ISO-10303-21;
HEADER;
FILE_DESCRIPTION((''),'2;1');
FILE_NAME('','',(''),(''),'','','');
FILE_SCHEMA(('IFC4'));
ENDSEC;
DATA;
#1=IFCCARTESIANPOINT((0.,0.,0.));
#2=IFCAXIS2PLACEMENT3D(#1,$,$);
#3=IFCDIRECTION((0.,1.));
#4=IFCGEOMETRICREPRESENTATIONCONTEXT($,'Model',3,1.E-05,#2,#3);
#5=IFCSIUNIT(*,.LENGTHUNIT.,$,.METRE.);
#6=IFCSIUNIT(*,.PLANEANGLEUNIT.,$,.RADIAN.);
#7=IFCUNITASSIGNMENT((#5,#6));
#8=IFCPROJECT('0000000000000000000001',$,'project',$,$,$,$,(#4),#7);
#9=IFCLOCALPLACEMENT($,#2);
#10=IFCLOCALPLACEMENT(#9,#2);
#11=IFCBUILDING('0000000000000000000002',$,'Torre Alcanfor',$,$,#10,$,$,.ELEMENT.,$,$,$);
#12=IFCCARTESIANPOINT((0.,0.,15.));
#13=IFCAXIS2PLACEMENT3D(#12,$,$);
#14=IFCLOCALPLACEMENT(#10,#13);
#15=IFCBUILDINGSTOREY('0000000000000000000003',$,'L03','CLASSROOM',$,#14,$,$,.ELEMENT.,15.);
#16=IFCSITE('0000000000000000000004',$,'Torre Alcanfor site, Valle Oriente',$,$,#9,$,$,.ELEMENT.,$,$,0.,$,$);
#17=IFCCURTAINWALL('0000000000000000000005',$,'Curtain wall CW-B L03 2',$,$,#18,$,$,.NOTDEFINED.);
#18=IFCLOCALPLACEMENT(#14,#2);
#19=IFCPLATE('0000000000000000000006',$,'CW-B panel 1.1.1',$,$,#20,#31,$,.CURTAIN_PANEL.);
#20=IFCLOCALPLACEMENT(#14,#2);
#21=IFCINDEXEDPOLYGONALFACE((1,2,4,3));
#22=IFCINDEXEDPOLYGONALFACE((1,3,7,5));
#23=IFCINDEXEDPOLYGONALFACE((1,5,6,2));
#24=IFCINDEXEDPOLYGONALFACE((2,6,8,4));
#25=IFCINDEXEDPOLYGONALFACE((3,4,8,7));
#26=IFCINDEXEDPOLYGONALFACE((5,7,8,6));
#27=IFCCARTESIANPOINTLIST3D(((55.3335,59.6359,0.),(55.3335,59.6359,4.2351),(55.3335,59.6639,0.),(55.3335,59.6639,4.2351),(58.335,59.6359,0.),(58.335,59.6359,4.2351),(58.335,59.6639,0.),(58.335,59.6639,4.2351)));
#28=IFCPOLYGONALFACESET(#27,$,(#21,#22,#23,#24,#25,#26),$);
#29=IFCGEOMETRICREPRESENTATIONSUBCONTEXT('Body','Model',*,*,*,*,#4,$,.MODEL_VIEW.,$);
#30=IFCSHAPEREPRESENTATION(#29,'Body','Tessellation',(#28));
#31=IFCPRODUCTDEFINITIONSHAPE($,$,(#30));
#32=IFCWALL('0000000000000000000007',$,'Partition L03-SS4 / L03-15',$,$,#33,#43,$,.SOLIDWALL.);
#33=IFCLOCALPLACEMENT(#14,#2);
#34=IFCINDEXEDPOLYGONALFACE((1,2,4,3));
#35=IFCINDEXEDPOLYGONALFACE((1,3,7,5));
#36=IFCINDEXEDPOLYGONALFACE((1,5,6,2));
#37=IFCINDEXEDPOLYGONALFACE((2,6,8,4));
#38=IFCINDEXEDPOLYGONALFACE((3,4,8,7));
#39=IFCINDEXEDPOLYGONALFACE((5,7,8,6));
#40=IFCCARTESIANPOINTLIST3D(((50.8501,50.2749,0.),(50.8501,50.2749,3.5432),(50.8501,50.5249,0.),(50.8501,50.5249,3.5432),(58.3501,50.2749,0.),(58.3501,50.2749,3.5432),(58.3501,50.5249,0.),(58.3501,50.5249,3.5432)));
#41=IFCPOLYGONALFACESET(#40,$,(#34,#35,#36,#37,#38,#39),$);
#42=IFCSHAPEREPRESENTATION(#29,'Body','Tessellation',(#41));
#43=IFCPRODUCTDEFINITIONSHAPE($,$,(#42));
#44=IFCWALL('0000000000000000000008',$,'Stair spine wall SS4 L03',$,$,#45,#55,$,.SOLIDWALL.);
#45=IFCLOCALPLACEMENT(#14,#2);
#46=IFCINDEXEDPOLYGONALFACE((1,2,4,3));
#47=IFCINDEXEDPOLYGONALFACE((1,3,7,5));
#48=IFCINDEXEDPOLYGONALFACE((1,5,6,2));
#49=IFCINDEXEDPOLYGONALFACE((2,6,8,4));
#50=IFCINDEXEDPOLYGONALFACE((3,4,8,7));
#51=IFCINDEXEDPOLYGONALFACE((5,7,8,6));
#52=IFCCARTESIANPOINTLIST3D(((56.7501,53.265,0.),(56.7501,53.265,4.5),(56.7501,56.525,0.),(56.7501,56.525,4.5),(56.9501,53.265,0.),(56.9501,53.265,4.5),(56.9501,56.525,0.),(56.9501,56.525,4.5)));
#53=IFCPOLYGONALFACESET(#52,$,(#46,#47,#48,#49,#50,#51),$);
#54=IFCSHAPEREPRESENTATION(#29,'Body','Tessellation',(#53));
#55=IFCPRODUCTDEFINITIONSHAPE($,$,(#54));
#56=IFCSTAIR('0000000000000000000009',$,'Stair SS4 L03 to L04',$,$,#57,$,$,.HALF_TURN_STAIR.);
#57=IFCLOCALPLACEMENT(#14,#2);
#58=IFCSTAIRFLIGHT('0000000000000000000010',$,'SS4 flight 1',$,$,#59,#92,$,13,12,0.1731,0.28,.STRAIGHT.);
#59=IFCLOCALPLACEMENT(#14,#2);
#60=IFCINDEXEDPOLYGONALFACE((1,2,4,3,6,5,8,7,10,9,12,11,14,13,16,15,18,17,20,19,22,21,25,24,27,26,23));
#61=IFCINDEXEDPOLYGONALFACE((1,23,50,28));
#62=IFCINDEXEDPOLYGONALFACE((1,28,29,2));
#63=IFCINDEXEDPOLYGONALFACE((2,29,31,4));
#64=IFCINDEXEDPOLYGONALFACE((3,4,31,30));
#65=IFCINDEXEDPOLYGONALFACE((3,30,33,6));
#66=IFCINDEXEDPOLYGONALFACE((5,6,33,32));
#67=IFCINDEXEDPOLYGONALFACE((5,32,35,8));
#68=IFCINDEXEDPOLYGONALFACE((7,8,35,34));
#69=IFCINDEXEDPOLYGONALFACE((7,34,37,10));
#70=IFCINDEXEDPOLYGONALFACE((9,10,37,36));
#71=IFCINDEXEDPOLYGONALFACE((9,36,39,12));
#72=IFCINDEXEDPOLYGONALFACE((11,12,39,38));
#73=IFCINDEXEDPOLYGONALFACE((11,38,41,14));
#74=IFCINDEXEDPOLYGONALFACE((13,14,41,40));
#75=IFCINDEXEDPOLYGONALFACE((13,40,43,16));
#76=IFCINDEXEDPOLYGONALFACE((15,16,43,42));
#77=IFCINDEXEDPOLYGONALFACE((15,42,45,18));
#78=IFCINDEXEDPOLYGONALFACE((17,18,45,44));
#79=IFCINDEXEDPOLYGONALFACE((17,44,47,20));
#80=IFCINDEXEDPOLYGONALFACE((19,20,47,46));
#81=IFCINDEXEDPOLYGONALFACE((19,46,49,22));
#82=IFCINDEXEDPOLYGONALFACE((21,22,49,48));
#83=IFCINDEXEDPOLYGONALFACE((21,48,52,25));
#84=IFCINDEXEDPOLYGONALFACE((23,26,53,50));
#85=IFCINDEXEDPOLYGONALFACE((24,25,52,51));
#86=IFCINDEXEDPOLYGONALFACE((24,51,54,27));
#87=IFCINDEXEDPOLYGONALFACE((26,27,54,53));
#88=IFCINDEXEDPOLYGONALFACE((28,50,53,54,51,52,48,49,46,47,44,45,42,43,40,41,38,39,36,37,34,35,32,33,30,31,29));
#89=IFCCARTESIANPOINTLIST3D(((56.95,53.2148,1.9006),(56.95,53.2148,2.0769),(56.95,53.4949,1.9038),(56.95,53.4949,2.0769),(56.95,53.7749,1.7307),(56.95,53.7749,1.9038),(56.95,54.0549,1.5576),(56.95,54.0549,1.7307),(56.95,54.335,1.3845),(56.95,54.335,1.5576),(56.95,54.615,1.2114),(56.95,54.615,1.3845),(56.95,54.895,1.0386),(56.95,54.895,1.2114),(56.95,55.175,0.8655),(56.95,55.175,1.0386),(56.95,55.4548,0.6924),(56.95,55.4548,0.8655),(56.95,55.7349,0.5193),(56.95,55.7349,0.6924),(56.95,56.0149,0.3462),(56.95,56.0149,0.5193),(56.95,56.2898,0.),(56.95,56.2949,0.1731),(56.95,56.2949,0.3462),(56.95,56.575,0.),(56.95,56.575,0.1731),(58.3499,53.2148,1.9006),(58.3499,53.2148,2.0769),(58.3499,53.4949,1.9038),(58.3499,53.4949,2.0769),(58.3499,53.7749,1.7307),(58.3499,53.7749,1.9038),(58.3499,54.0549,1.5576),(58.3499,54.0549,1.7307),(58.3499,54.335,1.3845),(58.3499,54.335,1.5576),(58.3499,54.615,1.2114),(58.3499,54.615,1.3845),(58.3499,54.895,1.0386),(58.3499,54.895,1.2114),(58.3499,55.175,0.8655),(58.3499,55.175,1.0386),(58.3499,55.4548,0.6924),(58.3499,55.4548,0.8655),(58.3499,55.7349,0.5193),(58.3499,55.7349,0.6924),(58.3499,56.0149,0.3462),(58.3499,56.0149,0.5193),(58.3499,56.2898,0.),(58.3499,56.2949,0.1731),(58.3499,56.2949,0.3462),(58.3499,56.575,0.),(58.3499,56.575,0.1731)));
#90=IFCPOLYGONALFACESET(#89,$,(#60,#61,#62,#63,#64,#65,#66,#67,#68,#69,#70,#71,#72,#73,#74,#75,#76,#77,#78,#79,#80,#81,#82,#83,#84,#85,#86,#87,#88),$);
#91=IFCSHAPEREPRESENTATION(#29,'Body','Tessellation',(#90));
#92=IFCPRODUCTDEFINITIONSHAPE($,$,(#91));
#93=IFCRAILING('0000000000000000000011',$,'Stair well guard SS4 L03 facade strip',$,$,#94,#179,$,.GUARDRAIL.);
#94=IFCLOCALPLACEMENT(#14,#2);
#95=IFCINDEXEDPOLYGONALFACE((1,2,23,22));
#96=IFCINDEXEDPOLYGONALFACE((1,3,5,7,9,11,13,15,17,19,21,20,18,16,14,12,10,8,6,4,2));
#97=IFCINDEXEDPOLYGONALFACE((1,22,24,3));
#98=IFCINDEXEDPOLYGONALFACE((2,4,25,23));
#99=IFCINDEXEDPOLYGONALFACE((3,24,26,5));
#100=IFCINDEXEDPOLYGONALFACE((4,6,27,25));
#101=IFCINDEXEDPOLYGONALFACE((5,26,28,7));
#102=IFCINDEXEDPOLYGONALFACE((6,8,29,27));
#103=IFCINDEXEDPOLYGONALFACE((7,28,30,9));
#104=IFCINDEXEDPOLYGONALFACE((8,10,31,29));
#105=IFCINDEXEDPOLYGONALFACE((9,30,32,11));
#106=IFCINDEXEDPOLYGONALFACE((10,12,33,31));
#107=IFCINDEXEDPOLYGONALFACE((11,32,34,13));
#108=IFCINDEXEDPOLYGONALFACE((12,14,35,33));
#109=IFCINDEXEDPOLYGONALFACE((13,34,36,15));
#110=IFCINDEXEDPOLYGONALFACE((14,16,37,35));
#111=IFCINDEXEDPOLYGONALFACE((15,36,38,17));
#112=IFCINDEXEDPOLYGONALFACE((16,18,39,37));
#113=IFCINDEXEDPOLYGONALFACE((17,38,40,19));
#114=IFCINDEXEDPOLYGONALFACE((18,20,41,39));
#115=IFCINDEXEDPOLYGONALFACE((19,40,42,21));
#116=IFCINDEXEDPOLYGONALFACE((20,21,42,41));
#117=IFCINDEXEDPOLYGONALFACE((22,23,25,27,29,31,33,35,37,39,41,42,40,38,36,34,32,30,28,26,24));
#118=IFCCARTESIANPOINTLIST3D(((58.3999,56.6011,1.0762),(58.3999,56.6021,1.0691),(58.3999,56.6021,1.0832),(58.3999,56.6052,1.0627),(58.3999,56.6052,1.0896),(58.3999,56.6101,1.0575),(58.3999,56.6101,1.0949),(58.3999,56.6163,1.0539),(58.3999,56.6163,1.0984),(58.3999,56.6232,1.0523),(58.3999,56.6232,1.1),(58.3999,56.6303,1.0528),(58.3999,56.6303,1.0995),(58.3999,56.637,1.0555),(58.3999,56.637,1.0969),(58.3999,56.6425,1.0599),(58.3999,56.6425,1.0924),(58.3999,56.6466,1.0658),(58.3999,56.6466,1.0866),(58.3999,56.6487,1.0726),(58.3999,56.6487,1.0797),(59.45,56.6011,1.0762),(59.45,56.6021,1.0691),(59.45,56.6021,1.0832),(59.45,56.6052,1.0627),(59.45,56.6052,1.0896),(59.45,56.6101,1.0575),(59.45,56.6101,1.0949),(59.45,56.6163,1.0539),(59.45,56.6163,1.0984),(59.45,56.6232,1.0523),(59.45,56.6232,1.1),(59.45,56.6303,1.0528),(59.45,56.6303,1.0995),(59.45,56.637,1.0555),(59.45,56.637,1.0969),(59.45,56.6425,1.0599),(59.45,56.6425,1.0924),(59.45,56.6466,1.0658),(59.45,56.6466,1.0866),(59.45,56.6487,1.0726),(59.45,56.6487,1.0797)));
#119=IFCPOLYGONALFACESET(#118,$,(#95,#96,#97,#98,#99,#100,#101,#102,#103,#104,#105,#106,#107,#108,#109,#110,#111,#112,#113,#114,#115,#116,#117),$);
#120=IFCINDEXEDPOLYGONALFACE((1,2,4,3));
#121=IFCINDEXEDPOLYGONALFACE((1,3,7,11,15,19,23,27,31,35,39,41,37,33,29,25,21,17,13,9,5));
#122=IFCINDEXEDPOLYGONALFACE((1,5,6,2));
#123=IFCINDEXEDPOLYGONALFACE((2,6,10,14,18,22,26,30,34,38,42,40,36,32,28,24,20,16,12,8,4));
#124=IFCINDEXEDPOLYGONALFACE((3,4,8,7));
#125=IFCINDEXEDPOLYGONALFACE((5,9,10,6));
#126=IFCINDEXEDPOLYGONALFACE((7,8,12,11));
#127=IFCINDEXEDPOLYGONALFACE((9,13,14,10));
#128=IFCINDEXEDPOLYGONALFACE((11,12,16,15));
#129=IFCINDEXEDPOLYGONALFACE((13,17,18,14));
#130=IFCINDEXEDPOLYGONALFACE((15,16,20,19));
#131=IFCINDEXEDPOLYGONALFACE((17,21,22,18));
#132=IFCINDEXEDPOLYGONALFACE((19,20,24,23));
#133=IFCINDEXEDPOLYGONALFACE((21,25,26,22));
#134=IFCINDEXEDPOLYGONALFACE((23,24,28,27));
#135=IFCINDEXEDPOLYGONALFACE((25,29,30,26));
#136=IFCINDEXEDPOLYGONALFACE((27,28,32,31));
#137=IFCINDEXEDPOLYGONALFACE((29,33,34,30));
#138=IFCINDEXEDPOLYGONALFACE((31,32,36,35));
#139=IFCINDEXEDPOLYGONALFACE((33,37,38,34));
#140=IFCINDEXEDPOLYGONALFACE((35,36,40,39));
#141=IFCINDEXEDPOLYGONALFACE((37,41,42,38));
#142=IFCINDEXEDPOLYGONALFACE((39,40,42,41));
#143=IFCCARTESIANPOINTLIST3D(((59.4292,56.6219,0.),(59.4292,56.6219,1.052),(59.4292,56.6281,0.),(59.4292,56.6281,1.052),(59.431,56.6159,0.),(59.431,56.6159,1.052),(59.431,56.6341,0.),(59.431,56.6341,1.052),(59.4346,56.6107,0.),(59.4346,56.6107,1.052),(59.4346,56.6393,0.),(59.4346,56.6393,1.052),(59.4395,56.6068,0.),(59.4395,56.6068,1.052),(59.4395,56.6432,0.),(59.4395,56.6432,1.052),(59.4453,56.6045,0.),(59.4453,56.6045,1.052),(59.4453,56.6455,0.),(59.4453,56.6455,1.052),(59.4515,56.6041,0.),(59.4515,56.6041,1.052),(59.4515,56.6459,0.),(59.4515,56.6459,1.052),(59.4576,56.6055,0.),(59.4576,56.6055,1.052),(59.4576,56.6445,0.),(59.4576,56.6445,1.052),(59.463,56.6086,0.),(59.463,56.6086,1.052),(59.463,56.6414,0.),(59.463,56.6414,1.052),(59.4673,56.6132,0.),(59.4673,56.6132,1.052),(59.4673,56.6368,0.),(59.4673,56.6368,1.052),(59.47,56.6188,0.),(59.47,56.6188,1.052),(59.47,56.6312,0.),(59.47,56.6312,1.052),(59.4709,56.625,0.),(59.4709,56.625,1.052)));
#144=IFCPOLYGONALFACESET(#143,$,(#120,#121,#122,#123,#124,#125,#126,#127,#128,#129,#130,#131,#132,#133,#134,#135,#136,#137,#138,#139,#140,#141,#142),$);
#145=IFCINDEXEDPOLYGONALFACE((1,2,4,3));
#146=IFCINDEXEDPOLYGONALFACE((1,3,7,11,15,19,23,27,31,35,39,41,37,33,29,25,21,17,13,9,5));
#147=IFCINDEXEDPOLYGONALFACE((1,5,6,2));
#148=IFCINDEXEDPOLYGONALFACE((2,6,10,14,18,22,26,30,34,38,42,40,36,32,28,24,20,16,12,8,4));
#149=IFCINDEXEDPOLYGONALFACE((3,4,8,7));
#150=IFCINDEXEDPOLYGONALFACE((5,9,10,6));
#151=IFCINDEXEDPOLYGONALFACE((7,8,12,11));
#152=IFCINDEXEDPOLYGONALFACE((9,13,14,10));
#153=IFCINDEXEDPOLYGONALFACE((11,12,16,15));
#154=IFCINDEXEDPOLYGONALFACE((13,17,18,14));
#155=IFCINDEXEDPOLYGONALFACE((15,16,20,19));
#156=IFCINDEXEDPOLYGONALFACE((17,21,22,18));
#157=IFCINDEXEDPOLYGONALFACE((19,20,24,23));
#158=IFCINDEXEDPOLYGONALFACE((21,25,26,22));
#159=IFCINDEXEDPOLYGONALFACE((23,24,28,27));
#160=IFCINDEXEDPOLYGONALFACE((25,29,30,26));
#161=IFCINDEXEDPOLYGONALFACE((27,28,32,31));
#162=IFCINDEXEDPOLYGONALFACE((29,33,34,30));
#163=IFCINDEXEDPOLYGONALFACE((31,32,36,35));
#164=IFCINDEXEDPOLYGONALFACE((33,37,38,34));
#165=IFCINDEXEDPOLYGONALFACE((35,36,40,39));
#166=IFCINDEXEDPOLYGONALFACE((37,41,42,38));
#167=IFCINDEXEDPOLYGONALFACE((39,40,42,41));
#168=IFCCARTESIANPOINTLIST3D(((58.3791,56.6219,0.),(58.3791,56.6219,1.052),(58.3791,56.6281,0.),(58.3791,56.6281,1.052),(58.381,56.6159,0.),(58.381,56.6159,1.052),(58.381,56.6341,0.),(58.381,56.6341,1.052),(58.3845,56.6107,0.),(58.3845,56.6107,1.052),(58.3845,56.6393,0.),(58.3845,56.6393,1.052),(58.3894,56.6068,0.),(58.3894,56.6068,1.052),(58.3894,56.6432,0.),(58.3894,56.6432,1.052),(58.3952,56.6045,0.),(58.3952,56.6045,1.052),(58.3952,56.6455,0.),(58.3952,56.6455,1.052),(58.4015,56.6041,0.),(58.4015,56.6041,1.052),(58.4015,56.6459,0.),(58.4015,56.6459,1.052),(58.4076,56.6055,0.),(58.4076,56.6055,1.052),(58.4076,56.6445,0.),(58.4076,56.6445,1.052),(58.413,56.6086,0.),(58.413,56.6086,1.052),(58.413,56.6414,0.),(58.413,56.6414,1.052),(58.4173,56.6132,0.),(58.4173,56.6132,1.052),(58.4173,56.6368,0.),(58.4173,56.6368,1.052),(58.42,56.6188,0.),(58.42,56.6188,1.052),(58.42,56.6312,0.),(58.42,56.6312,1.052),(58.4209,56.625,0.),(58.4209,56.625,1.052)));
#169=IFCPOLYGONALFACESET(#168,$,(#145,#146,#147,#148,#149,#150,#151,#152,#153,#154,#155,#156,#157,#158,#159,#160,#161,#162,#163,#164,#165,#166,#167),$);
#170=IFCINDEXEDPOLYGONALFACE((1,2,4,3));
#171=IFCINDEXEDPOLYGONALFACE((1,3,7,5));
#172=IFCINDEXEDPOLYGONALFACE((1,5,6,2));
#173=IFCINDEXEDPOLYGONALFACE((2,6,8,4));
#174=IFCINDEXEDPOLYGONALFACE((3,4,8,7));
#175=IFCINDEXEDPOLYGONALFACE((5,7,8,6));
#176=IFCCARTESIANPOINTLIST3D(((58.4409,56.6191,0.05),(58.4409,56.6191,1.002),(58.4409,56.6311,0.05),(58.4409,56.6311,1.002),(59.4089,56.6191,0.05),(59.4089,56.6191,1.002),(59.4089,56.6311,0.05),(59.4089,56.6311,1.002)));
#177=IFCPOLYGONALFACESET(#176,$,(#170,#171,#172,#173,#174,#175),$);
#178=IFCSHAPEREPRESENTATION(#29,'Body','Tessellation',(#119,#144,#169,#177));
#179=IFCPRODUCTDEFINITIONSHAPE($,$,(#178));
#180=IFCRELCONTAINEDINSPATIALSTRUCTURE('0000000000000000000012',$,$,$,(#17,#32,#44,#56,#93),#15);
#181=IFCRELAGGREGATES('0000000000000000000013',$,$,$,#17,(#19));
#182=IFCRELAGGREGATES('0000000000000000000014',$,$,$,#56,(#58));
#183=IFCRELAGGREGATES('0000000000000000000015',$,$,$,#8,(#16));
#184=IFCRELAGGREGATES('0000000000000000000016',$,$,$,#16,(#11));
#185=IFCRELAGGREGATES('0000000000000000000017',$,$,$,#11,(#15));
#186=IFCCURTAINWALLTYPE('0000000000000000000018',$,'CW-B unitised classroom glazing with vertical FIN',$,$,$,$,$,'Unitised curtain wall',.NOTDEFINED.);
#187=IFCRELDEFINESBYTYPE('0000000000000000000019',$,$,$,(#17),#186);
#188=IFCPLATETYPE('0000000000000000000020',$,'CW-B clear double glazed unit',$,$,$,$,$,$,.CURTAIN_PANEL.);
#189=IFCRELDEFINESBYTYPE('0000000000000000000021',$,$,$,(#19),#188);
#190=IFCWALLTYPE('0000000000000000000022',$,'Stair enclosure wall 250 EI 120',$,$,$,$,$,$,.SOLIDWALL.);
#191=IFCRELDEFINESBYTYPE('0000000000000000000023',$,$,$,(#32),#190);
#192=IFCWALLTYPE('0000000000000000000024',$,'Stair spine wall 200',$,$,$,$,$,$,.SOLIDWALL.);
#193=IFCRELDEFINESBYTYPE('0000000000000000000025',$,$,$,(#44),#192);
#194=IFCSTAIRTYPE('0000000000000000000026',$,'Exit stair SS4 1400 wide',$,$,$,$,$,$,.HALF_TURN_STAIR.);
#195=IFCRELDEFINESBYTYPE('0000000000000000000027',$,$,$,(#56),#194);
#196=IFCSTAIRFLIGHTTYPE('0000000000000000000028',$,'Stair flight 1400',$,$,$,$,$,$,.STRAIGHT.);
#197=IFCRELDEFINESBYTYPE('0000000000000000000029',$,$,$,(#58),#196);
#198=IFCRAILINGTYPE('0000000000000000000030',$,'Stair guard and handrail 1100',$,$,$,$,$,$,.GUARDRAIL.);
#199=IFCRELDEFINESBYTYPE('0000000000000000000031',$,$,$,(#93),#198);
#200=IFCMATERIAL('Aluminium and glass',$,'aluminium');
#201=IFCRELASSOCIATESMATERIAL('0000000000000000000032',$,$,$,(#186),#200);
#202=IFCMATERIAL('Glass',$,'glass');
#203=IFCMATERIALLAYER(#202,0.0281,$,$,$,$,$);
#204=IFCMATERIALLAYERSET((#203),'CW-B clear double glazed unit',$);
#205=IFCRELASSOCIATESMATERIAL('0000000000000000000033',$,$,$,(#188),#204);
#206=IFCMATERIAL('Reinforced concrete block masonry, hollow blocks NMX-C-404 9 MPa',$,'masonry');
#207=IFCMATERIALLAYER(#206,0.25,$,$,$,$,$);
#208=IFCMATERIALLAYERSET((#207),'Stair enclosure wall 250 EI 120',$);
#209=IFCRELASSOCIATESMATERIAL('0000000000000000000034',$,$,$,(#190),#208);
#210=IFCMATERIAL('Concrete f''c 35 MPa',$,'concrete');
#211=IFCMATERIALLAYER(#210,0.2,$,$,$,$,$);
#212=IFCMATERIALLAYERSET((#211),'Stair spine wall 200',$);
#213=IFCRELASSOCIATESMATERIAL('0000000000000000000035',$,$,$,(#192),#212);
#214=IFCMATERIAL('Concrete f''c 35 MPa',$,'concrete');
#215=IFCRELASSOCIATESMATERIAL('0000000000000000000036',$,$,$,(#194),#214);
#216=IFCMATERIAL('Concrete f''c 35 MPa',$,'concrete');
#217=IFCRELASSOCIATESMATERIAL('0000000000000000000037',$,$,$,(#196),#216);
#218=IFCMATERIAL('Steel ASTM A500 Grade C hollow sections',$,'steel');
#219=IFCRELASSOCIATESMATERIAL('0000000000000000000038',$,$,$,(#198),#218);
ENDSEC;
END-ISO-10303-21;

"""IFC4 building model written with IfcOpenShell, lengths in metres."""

from ifc_helpers import new_model, si_unit, direction, frame, frame_2d, origin, origin_2d, place, context, subcontext, project, spatial, polyline, rectangle, circle, outline, extrude, material, layer, layer_set, type_object, element, aggregate, save


model = new_model("IFC4")

# Units and contexts
model_context = context("Model", 3, precision=1e-05, world=origin(), true_north=direction((0.0, 1.0)))
body_context = subcontext(model_context, "Body", "Model", "MODEL_VIEW")
ifc_project = project(units=[si_unit("LENGTHUNIT", "METRE"), si_unit("PLANEANGLEUNIT", "RADIAN")], contexts=[model_context])

# Site, building, storey
site_placement = place(None, origin())
site = spatial("IfcSite", under=ifc_project, at=site_placement, Name="Torre Alcanfor site, Valle Oriente", CompositionType="ELEMENT", RefElevation=0.0)
building_placement = place(site_placement, origin())
building = spatial("IfcBuilding", under=site, at=building_placement, Name="Torre Alcanfor", CompositionType="ELEMENT")
storey_placement = place(building_placement, frame((0.0, 0.0, 15.0)))
storey = spatial("IfcBuildingStorey", under=building, at=storey_placement, Name="L03", Description="CLASSROOM", CompositionType="ELEMENT", Elevation=15.0)

# Shared definitions
ifc_material_1 = material(Name="Aluminium and glass", Category="aluminium")
curtain_wall_type = type_object("IfcCurtainWallType", Name="CW-B unitised classroom glazing with vertical FIN", ElementType="Unitised curtain wall", PredefinedType="NOTDEFINED", material=ifc_material_1)

# Curtain wall
curtain_wall_1_placement = place(storey_placement, origin())
curtain_wall_1 = element("IfcCurtainWall", 1, at=curtain_wall_1_placement, inside=storey, type_object=curtain_wall_type, Name="Curtain wall CW-B L03 2", PredefinedType="NOTDEFINED")

# Plate
ifc_material_2 = material(Name="Glass", Category="glass")
ifc_layer_1 = layer(ifc_material_2, 0.0281)
ifc_layer_set_1 = layer_set([ifc_layer_1], Name="CW-B clear double glazed unit")
plate_type = type_object("IfcPlateType", Name="CW-B clear double glazed unit", PredefinedType="CURTAIN_PANEL", material=ifc_layer_set_1)
plate_1_placement = place(storey_placement, frame((56.8342, 59.6499, 0.0), z_axis=(0.0, 0.0, 1.0), x_axis=(-1.0, 0.0, 0.0)))
plate_1 = element("IfcPlate", 2, at=plate_1_placement, type_object=plate_type, Name="CW-B panel 1.1.1", PredefinedType="CURTAIN_PANEL", context=body_context, shape_type="SweptSolid", body=[
    extrude(rectangle(XDim=3.0015, YDim=0.0281, at=origin_2d()), origin(), (0.0, 0.0, 1.0), 4.2351),
])
aggregate(curtain_wall_1, [plate_1])

# Walls
ifc_material_3 = material(Name="Reinforced concrete block masonry, hollow blocks NMX-C-404 9 MPa", Category="masonry")
ifc_layer_2 = layer(ifc_material_3, 0.25)
ifc_layer_set_2 = layer_set([ifc_layer_2], Name="Stair enclosure wall 250 EI 120")
wall_type_1 = type_object("IfcWallType", Name="Stair enclosure wall 250 EI 120", PredefinedType="SOLIDWALL", material=ifc_layer_set_2)
wall_1_placement = place(storey_placement, frame((58.3501, 50.3999, 0.0), z_axis=(0.0, 0.0, 1.0), x_axis=(-1.0, 0.0, 0.0)))
element("IfcWall", 3, at=wall_1_placement, inside=storey, type_object=wall_type_1, Name="Partition L03-SS4 / L03-15", PredefinedType="SOLIDWALL", context=body_context, shape_type="SweptSolid", body=[
    extrude(rectangle(XDim=7.5, YDim=0.25, at=frame_2d((3.75, 0.0))), origin(), (0.0, 0.0, 1.0), 3.5432),
])
ifc_material_4 = material(Name="Concrete f'c 35 MPa", Category="concrete")
ifc_layer_3 = layer(ifc_material_4, 0.2)
ifc_layer_set_3 = layer_set([ifc_layer_3], Name="Stair spine wall 200")
wall_type_2 = type_object("IfcWallType", Name="Stair spine wall 200", PredefinedType="SOLIDWALL", material=ifc_layer_set_3)
wall_2_placement = place(storey_placement, frame((56.8501, 56.5249, 0.0), z_axis=(0.0, 0.0, 1.0), x_axis=(0.0, -1.0, 0.0)))
element("IfcWall", 4, at=wall_2_placement, inside=storey, type_object=wall_type_2, Name="Stair spine wall SS4 L03", PredefinedType="SOLIDWALL", context=body_context, shape_type="SweptSolid", body=[
    extrude(rectangle(XDim=3.26, YDim=0.2, at=frame_2d((1.6299, 0.0))), origin(), (0.0, 0.0, 1.0), 4.5),
])

# Stair, stair flight
ifc_material_5 = material(Name="Concrete f'c 35 MPa", Category="concrete")
stair_type = type_object("IfcStairType", Name="Exit stair SS4 1400 wide", PredefinedType="HALF_TURN_STAIR", material=ifc_material_5)
stair_placement = place(storey_placement, origin())
stair = element("IfcStair", 5, at=stair_placement, inside=storey, type_object=stair_type, Name="Stair SS4 L03 to L04", PredefinedType="HALF_TURN_STAIR")
ifc_material_6 = material(Name="Concrete f'c 35 MPa", Category="concrete")
stair_flight_type = type_object("IfcStairFlightType", Name="Stair flight 1400", PredefinedType="STRAIGHT", material=ifc_material_6)
stair_flight_placement = place(storey_placement, frame((57.6499, 56.575, 0.0), z_axis=(0.0, 0.0, 1.0), x_axis=(0.0, -1.0, 0.0)))
stair_flight = element("IfcStairFlight", 6, at=stair_flight_placement, type_object=stair_flight_type, Name="SS4 flight 1", NumberOfRisers=13, NumberOfTreads=12, PredefinedType="STRAIGHT", RiserHeight=0.1731, TreadLength=0.28, context=body_context, shape_type="SweptSolid", body=[
    extrude(outline(polyline([(0.0, 0.0), (0.0, 0.1731), (0.28, 0.1731), (0.28, 0.3462), (0.5601, 0.3462), (0.5601, 0.5193), (0.8401, 0.5193), (0.8401, 0.6924), (1.1201, 0.6924), (1.1201, 0.8655), (1.3999, 0.8655), (1.3999, 1.0386), (1.6799, 1.0386), (1.6799, 1.2114), (1.96, 1.2114), (1.96, 1.3845), (2.24, 1.3845), (2.24, 1.5576), (2.52, 1.5576), (2.52, 1.7307), (2.8, 1.7307), (2.8, 1.9038), (3.0801, 1.9038), (3.0801, 2.0769), (3.3601, 2.0769), (3.3601, 2.25), (3.3601, 1.9006), (0.2852, 0.0), (0.0, 0.0)])), frame((0.0, 0.7, 0.0), z_axis=(0.0, -1.0, 0.0), x_axis=(1.0, 0.0, 0.0)), (0.0, 0.0, 1.0), 1.3999),
])
aggregate(stair, [stair_flight])

# Railing
ifc_material_7 = material(Name="Steel ASTM A500 Grade C hollow sections", Category="steel")
railing_type_1 = type_object("IfcRailingType", Name="Stair guard and handrail 1100", PredefinedType="GUARDRAIL", material=ifc_material_7)
railing_1_placement = place(storey_placement, frame((59.45, 56.625, 0.0)))
element("IfcRailing", 7, at=railing_1_placement, inside=storey, type_object=railing_type_1, Name="Stair well guard SS4 L03 facade strip", PredefinedType="GUARDRAIL", context=body_context, shape_type="SweptSolid", body=[
    extrude(circle(Radius=0.0239, at=origin_2d()), frame((0.0, 0.0, 1.0762), z_axis=(-1.0, 0.0, 0.0), x_axis=(0.0, -1.0, 0.0)), (0.0, 0.0, 1.0), 1.05),
    extrude(circle(Radius=0.021, at=origin_2d()), origin(), (0.0, 0.0, 1.0), 1.052),
    extrude(circle(Radius=0.021, at=origin_2d()), frame((-1.05, 0.0, 0.0)), (0.0, 0.0, 1.0), 1.052),
    extrude(outline(polyline([(0.041, 0.05), (1.009, 0.05), (1.009, 1.002), (0.041, 1.002), (0.041, 0.05)])), frame((0.0, -0.0059, 0.0), z_axis=(0.0, 1.0, 0.0), x_axis=(-1.0, 0.0, 0.0)), (0.0, 0.0, 1.0), 0.012),
])

save(model, "model.ifc")
